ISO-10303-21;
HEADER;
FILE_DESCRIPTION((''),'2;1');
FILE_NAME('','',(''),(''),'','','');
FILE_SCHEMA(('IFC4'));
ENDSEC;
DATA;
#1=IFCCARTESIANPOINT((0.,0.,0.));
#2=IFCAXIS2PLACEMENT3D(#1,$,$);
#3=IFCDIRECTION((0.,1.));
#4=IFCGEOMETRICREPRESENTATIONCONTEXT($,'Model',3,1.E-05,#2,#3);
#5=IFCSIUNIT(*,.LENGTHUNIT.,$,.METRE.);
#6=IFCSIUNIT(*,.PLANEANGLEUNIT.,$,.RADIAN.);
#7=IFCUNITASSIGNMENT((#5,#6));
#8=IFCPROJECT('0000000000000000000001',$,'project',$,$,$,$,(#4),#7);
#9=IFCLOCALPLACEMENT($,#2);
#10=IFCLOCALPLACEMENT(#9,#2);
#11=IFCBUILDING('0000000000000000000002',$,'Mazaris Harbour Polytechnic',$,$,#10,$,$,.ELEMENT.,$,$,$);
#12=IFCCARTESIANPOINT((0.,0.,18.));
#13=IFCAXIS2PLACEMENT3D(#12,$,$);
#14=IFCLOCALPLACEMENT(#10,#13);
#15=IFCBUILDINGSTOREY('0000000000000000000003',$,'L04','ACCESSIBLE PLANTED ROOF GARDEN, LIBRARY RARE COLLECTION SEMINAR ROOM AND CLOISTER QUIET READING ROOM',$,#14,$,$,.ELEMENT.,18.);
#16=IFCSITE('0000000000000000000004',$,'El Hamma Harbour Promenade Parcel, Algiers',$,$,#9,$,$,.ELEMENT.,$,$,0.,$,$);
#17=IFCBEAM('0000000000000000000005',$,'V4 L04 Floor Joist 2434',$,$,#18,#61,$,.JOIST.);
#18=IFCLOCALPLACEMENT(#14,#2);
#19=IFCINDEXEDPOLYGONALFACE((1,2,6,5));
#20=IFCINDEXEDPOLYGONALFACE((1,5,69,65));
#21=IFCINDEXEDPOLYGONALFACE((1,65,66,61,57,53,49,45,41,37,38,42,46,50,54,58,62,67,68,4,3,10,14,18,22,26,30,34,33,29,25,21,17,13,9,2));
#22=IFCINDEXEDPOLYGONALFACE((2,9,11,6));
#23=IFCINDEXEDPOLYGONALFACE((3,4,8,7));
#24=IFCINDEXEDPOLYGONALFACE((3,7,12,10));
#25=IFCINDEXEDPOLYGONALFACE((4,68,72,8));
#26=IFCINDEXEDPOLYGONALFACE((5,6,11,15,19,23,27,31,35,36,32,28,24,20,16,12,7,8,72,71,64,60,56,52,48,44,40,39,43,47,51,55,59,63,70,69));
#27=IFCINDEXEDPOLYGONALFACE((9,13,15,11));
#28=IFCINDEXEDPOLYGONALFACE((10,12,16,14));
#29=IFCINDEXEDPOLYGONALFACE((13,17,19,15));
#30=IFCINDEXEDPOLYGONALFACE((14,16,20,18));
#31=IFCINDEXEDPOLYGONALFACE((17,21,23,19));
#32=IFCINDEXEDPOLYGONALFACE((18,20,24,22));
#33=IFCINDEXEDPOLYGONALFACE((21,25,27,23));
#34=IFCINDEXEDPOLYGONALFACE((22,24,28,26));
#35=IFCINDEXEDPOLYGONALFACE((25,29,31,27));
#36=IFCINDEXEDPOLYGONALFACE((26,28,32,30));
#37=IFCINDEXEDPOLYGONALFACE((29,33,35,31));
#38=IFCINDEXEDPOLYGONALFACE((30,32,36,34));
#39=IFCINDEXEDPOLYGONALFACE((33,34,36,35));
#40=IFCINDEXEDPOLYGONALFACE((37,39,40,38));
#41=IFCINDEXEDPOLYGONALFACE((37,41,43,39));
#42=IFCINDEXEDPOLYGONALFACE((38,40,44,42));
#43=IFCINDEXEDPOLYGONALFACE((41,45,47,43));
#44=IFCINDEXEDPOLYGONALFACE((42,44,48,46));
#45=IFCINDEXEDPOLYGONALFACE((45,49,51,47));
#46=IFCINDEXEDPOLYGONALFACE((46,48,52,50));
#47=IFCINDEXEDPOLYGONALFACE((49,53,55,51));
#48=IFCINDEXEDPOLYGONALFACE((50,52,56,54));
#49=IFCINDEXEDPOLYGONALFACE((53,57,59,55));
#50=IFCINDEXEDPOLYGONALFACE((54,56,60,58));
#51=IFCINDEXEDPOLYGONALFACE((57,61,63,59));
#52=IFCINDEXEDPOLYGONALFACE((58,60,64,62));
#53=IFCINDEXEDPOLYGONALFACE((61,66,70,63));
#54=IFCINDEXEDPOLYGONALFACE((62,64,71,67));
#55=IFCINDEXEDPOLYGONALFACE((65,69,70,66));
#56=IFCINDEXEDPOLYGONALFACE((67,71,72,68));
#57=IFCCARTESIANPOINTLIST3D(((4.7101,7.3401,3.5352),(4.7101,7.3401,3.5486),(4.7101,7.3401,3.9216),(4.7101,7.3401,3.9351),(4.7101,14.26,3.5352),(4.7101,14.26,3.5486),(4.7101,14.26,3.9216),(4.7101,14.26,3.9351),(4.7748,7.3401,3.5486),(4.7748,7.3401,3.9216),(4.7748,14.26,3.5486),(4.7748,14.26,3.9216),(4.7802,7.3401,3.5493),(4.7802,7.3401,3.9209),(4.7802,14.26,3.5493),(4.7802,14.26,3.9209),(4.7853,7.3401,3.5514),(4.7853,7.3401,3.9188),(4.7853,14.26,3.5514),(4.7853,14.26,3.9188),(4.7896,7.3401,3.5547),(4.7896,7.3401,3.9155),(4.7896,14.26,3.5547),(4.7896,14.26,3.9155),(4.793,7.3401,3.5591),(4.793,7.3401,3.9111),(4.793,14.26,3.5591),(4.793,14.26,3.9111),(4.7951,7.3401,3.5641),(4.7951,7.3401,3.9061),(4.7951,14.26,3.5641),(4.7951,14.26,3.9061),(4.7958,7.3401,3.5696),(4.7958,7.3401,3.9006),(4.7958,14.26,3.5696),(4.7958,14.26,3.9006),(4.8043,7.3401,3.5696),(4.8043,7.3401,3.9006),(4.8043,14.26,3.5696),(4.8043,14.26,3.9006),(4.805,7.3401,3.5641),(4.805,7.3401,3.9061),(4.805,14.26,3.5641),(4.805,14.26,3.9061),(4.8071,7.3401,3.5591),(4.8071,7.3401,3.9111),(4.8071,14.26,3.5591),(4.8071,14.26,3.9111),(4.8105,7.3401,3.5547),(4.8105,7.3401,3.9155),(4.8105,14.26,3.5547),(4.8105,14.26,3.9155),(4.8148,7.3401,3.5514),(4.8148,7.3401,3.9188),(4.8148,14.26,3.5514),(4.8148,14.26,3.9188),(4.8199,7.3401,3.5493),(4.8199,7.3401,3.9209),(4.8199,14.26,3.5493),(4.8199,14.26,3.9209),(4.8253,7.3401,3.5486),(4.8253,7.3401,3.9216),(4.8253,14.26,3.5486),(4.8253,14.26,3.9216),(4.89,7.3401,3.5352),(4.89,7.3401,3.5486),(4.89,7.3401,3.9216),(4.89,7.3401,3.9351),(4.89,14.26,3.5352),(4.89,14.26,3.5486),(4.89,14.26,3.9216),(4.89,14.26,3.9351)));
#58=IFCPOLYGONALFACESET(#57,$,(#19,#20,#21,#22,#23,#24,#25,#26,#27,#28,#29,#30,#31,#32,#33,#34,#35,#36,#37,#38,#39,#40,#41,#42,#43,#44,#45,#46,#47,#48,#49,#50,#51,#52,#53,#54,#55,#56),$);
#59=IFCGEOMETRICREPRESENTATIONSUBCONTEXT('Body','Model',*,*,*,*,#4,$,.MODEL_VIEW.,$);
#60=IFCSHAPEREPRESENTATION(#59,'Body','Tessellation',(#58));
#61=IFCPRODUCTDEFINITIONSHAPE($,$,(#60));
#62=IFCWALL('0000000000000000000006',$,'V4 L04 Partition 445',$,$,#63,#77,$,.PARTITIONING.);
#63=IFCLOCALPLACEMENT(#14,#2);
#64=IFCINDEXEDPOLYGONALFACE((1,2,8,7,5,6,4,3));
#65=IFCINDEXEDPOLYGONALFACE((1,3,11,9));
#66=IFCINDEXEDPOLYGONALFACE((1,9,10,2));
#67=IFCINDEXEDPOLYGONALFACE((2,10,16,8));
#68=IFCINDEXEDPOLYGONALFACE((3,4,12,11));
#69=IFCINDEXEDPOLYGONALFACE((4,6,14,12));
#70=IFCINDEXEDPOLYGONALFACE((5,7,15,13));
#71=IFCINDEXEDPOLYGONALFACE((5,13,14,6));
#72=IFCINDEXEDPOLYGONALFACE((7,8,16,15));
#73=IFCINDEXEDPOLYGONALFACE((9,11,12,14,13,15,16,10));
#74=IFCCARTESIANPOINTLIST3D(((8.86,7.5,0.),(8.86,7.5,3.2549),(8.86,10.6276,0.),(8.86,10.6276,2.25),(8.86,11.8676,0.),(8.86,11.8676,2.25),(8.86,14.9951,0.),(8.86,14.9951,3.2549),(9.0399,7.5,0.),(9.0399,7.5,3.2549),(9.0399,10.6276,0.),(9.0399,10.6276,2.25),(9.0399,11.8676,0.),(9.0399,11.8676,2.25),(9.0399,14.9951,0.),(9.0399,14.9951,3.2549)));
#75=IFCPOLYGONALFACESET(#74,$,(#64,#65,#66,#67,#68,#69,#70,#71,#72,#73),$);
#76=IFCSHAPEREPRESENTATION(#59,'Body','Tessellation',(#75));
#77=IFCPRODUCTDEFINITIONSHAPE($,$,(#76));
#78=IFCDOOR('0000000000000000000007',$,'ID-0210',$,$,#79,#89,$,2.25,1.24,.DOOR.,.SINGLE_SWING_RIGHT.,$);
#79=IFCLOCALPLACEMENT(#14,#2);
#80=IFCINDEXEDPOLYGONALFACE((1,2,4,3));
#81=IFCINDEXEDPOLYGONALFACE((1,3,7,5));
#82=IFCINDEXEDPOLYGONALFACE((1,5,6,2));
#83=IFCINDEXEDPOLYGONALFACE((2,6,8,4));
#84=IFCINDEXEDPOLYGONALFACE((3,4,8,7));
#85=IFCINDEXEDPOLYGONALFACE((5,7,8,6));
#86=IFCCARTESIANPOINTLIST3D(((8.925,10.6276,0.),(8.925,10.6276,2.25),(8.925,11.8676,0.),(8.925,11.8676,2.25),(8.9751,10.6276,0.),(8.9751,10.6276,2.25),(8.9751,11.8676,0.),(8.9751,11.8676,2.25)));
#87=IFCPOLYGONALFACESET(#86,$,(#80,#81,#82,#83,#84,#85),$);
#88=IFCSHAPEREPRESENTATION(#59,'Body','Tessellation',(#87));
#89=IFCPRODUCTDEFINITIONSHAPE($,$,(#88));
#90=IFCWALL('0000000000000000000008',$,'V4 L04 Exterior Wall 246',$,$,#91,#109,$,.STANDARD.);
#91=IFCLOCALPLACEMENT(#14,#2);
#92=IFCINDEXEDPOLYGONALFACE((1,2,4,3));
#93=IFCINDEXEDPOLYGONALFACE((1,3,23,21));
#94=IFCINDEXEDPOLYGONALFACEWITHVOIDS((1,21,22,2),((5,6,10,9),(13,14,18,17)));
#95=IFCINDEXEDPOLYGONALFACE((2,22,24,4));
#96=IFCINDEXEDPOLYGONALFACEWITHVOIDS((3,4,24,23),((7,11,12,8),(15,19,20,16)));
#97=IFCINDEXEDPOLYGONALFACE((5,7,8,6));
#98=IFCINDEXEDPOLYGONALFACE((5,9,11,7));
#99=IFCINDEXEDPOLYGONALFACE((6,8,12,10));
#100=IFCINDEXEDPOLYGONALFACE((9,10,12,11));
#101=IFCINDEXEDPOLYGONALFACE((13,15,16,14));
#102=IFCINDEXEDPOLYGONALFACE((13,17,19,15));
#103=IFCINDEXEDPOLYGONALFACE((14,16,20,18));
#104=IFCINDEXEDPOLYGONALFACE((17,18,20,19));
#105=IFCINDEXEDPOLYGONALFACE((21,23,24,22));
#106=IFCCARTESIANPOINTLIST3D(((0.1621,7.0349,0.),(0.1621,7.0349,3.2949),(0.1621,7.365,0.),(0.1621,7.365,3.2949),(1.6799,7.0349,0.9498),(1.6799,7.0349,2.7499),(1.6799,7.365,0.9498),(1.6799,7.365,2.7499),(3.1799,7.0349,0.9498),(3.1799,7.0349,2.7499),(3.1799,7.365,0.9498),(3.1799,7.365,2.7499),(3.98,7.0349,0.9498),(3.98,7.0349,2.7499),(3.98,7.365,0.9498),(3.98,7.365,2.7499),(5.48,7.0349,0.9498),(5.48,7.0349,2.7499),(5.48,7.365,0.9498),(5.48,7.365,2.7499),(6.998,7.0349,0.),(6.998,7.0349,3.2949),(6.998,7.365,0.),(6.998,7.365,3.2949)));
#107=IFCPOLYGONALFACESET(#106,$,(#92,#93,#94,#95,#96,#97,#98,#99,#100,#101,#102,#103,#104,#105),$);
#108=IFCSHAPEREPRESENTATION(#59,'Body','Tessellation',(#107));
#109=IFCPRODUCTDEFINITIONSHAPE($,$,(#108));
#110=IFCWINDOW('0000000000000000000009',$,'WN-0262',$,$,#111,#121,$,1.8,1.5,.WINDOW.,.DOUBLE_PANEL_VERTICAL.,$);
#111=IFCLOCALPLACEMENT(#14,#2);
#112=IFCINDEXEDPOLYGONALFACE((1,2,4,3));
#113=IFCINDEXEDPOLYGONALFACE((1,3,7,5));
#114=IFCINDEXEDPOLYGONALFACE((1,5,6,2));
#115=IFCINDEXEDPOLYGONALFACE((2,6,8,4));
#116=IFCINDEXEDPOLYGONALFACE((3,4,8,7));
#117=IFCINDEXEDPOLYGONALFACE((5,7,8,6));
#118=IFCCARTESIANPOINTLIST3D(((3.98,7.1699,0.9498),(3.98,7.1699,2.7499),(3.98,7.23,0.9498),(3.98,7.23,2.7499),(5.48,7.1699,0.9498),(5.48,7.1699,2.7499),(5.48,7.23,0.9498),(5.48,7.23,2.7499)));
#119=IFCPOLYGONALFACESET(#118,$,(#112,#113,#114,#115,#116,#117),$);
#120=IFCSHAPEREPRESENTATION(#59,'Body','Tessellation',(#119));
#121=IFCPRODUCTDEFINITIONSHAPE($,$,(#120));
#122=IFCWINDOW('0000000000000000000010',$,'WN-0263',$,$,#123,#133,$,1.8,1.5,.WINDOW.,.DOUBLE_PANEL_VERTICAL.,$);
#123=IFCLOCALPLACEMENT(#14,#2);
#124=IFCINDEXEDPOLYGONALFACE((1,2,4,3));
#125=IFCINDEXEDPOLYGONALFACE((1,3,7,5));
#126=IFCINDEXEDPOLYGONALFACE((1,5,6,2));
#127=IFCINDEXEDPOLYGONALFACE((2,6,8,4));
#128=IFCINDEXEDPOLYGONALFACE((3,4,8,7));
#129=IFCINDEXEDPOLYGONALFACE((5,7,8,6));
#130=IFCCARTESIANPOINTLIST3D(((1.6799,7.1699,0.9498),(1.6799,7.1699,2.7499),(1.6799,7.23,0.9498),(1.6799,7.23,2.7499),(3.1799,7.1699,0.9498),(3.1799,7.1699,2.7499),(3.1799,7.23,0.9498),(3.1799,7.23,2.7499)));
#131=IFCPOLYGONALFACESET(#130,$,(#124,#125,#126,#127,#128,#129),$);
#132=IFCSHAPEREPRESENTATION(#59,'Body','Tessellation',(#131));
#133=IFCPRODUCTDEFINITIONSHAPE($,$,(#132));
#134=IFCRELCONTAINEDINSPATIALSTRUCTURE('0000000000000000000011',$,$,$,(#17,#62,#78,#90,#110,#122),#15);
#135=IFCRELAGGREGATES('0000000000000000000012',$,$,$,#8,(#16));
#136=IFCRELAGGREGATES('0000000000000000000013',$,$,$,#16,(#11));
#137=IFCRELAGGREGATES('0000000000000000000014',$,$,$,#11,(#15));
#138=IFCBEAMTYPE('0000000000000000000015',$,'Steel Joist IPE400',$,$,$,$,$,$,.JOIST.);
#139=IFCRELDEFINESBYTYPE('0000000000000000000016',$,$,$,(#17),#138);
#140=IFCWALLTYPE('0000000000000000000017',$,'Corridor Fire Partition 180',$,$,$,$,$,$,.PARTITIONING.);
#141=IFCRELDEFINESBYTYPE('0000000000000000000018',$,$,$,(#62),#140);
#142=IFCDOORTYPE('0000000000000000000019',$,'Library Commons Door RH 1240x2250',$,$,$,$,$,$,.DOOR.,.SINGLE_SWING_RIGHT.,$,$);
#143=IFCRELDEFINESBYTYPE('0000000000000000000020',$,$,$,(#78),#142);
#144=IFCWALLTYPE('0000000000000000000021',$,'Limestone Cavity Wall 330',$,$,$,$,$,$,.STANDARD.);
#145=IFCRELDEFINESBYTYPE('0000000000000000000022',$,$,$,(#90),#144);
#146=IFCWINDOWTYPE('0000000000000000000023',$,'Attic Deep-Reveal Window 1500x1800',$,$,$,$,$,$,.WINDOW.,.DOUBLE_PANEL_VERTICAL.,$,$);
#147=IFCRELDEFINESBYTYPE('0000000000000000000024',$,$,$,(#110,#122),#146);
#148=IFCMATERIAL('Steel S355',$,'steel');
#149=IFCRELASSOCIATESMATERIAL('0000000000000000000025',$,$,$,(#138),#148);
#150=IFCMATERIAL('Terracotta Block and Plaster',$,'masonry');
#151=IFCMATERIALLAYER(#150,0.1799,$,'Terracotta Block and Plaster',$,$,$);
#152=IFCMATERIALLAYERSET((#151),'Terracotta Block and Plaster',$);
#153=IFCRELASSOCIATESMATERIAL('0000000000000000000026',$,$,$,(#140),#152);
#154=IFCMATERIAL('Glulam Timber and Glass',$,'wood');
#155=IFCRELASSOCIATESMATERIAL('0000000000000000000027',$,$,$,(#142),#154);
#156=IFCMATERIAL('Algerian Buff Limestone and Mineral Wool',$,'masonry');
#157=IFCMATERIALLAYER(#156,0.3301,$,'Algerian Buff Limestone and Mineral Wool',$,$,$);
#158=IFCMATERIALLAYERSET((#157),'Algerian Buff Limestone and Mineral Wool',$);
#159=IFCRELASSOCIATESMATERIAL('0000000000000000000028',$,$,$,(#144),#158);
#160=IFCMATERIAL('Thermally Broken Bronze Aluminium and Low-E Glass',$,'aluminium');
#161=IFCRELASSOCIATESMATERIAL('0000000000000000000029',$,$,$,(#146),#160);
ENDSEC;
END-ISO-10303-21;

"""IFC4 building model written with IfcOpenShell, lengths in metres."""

from ifc_helpers import new_model, si_unit, direction, frame, frame_2d, origin, origin_2d, place, context, subcontext, project, spatial, rectangle, i_section, extrude, material, layer, layer_set, material_profile, profile_set, type_object, element, fill, save


model = new_model("IFC4")

# Units and contexts
model_context = context("Model", 3, precision=1e-05, world=origin(), true_north=direction((0.0, 1.0)))
body_context = subcontext(model_context, "Body", "Model", "MODEL_VIEW")
ifc_project = project(units=[si_unit("LENGTHUNIT", "METRE"), si_unit("PLANEANGLEUNIT", "RADIAN")], contexts=[model_context])

# Site, building, storey
site_placement = place(None, origin())
site = spatial("IfcSite", under=ifc_project, at=site_placement, Name="El Hamma Harbour Promenade Parcel, Algiers", CompositionType="ELEMENT", RefElevation=0.0)
building_placement = place(site_placement, origin())
building = spatial("IfcBuilding", under=site, at=building_placement, Name="Mazaris Harbour Polytechnic", CompositionType="ELEMENT")
storey_placement = place(building_placement, frame((0.0, 0.0, 18.0)))
storey = spatial("IfcBuildingStorey", under=building, at=storey_placement, Name="L04", Description="ACCESSIBLE PLANTED ROOF GARDEN, LIBRARY RARE COLLECTION SEMINAR ROOM AND CLOISTER QUIET READING ROOM", CompositionType="ELEMENT", Elevation=18.0)

# Beam
ifc_material_1 = material(Name="Steel S355", Category="steel")
ifc_material_profile_1 = material_profile(ifc_material_1, i_section(OverallWidth=0.1799, OverallDepth=0.3999, WebThickness=0.0085, FlangeThickness=0.0134, FilletRadius=0.021, at=origin_2d()), Name="IPE 400")
ifc_profile_set_1 = profile_set([ifc_material_profile_1], Name="Steel S355")
beam_type_1 = type_object("IfcBeamType", Name="Steel Joist IPE400", PredefinedType="JOIST", material=ifc_profile_set_1)
beam_1_placement = place(storey_placement, frame((4.8, 7.3401, 3.7351), z_axis=(0.0, 1.0, 0.0), x_axis=(-1.0, 0.0, 0.0)))
element("IfcBeam", 1, at=beam_1_placement, inside=storey, type_object=beam_type_1, Name="V4 L04 Floor Joist 2434", PredefinedType="JOIST", context=body_context, shape_type="SweptSolid", body=[
    extrude(i_section(OverallWidth=0.1799, OverallDepth=0.3999, WebThickness=0.0085, FlangeThickness=0.0134, FilletRadius=0.021, at=origin_2d()), origin(), (0.0, 0.0, 1.0), 6.9199),
])

# Wall, opening, door
ifc_material_2 = material(Name="Terracotta Block and Plaster", Category="masonry")
ifc_layer_1 = layer(ifc_material_2, 0.1799, Name="Terracotta Block and Plaster")
ifc_layer_set_1 = layer_set([ifc_layer_1], Name="Terracotta Block and Plaster")
wall_type_1 = type_object("IfcWallType", Name="Corridor Fire Partition 180", PredefinedType="PARTITIONING", material=ifc_layer_set_1)
wall_1_placement = place(storey_placement, frame((8.95, 7.5, 0.0), z_axis=(0.0, 0.0, 1.0), x_axis=(0.0, 1.0, 0.0)))
wall_1 = element("IfcWall", 2, at=wall_1_placement, inside=storey, type_object=wall_type_1, Name="V4 L04 Partition 445", PredefinedType="PARTITIONING", context=body_context, shape_type="SweptSolid", body=[
    extrude(rectangle(XDim=7.4951, YDim=0.1799, at=frame_2d((3.7476, 0.0))), origin(), (0.0, 0.0, 1.0), 3.2549),
])
opening_1_placement = place(wall_1_placement, frame((3.1274, 0.0, 0.0)))
opening_1 = element("IfcOpeningElement", 3, at=opening_1_placement, cuts=wall_1, PredefinedType="OPENING", context=body_context, shape_type="SweptSolid", body=[
    extrude(rectangle(XDim=1.24, YDim=2.25, at=frame_2d((0.6201, 1.125))), frame((0.0, 0.0999, 0.0), z_axis=(0.0, -1.0, 0.0), x_axis=(1.0, 0.0, 0.0)), (0.0, 0.0, 1.0), 0.2),
])
ifc_material_3 = material(Name="Glulam Timber and Glass", Category="wood")
door_type_1 = type_object("IfcDoorType", Name="Library Commons Door RH 1240x2250", OperationType="SINGLE_SWING_RIGHT", PredefinedType="DOOR", material=ifc_material_3)
door_1_placement = place(opening_1_placement, origin())
door_1 = element("IfcDoor", 4, at=door_1_placement, inside=storey, type_object=door_type_1, Name="ID-0210", OperationType="SINGLE_SWING_RIGHT", OverallHeight=2.25, OverallWidth=1.24, PredefinedType="DOOR", context=body_context, shape_type="SweptSolid", body=[
    extrude(rectangle(XDim=1.24, YDim=2.25, at=frame_2d((0.6201, 1.125))), frame((0.0, 0.0249, 0.0), z_axis=(0.0, -1.0, 0.0), x_axis=(1.0, 0.0, 0.0)), (0.0, 0.0, 1.0), 0.05),
])
fill(opening_1, door_1)

# Wall, openings, windows
ifc_material_4 = material(Name="Algerian Buff Limestone and Mineral Wool", Category="masonry")
ifc_layer_2 = layer(ifc_material_4, 0.3301, Name="Algerian Buff Limestone and Mineral Wool")
ifc_layer_set_2 = layer_set([ifc_layer_2], Name="Algerian Buff Limestone and Mineral Wool")
wall_type_2 = type_object("IfcWallType", Name="Limestone Cavity Wall 330", PredefinedType="STANDARD", material=ifc_layer_set_2)
wall_2_placement = place(storey_placement, frame((6.998, 7.2, 0.0), z_axis=(0.0, 0.0, 1.0), x_axis=(-1.0, 0.0, 0.0)))
wall_2 = element("IfcWall", 5, at=wall_2_placement, inside=storey, type_object=wall_type_2, Name="V4 L04 Exterior Wall 246", PredefinedType="STANDARD", context=body_context, shape_type="SweptSolid", body=[
    extrude(rectangle(XDim=6.8359, YDim=0.3301, at=frame_2d((3.418, 0.0))), origin(), (0.0, 0.0, 1.0), 3.2949),
])
opening_2_placement = place(wall_2_placement, frame((1.5181, 0.0, 0.95)))
opening_2 = element("IfcOpeningElement", 6, at=opening_2_placement, cuts=wall_2, PredefinedType="OPENING", context=body_context, shape_type="SweptSolid", body=[
    extrude(rectangle(XDim=1.5, YDim=1.8, at=frame_2d((0.75, 0.8999))), frame((0.0, 0.175, 0.0), z_axis=(0.0, -1.0, 0.0), x_axis=(1.0, 0.0, 0.0)), (0.0, 0.0, 1.0), 0.3501),
])
opening_3_placement = place(wall_2_placement, frame((3.8181, 0.0, 0.95)))
opening_3 = element("IfcOpeningElement", 7, at=opening_3_placement, cuts=wall_2, PredefinedType="OPENING", context=body_context, shape_type="SweptSolid", body=[
    extrude(rectangle(XDim=1.5, YDim=1.8, at=frame_2d((0.75, 0.8999))), frame((0.0, 0.175, 0.0), z_axis=(0.0, -1.0, 0.0), x_axis=(1.0, 0.0, 0.0)), (0.0, 0.0, 1.0), 0.3501),
])
ifc_material_5 = material(Name="Thermally Broken Bronze Aluminium and Low-E Glass", Category="aluminium")
window_type_1 = type_object("IfcWindowType", Name="Attic Deep-Reveal Window 1500x1800", PartitioningType="DOUBLE_PANEL_VERTICAL", PredefinedType="WINDOW", material=ifc_material_5)
window_1_placement = place(opening_2_placement, origin())
window_1 = element("IfcWindow", 8, at=window_1_placement, inside=storey, type_object=window_type_1, Name="WN-0262", OverallHeight=1.8, OverallWidth=1.5, PartitioningType="DOUBLE_PANEL_VERTICAL", PredefinedType="WINDOW", context=body_context, shape_type="SweptSolid", body=[
    extrude(rectangle(XDim=1.5, YDim=1.8, at=frame_2d((0.75, 0.8999))), frame((0.0, 0.03, 0.0), z_axis=(0.0, -1.0, 0.0), x_axis=(1.0, 0.0, 0.0)), (0.0, 0.0, 1.0), 0.0601),
])
fill(opening_2, window_1)
window_2_placement = place(opening_3_placement, origin())
window_2 = element("IfcWindow", 9, at=window_2_placement, inside=storey, type_object=window_type_1, Name="WN-0263", OverallHeight=1.8, OverallWidth=1.5, PartitioningType="DOUBLE_PANEL_VERTICAL", PredefinedType="WINDOW", context=body_context, shape_type="SweptSolid", body=[
    extrude(rectangle(XDim=1.5, YDim=1.8, at=frame_2d((0.75, 0.8999))), frame((0.0, 0.03, 0.0), z_axis=(0.0, -1.0, 0.0), x_axis=(1.0, 0.0, 0.0)), (0.0, 0.0, 1.0), 0.0601),
])
fill(opening_3, window_2)

save(model, "model.ifc")
